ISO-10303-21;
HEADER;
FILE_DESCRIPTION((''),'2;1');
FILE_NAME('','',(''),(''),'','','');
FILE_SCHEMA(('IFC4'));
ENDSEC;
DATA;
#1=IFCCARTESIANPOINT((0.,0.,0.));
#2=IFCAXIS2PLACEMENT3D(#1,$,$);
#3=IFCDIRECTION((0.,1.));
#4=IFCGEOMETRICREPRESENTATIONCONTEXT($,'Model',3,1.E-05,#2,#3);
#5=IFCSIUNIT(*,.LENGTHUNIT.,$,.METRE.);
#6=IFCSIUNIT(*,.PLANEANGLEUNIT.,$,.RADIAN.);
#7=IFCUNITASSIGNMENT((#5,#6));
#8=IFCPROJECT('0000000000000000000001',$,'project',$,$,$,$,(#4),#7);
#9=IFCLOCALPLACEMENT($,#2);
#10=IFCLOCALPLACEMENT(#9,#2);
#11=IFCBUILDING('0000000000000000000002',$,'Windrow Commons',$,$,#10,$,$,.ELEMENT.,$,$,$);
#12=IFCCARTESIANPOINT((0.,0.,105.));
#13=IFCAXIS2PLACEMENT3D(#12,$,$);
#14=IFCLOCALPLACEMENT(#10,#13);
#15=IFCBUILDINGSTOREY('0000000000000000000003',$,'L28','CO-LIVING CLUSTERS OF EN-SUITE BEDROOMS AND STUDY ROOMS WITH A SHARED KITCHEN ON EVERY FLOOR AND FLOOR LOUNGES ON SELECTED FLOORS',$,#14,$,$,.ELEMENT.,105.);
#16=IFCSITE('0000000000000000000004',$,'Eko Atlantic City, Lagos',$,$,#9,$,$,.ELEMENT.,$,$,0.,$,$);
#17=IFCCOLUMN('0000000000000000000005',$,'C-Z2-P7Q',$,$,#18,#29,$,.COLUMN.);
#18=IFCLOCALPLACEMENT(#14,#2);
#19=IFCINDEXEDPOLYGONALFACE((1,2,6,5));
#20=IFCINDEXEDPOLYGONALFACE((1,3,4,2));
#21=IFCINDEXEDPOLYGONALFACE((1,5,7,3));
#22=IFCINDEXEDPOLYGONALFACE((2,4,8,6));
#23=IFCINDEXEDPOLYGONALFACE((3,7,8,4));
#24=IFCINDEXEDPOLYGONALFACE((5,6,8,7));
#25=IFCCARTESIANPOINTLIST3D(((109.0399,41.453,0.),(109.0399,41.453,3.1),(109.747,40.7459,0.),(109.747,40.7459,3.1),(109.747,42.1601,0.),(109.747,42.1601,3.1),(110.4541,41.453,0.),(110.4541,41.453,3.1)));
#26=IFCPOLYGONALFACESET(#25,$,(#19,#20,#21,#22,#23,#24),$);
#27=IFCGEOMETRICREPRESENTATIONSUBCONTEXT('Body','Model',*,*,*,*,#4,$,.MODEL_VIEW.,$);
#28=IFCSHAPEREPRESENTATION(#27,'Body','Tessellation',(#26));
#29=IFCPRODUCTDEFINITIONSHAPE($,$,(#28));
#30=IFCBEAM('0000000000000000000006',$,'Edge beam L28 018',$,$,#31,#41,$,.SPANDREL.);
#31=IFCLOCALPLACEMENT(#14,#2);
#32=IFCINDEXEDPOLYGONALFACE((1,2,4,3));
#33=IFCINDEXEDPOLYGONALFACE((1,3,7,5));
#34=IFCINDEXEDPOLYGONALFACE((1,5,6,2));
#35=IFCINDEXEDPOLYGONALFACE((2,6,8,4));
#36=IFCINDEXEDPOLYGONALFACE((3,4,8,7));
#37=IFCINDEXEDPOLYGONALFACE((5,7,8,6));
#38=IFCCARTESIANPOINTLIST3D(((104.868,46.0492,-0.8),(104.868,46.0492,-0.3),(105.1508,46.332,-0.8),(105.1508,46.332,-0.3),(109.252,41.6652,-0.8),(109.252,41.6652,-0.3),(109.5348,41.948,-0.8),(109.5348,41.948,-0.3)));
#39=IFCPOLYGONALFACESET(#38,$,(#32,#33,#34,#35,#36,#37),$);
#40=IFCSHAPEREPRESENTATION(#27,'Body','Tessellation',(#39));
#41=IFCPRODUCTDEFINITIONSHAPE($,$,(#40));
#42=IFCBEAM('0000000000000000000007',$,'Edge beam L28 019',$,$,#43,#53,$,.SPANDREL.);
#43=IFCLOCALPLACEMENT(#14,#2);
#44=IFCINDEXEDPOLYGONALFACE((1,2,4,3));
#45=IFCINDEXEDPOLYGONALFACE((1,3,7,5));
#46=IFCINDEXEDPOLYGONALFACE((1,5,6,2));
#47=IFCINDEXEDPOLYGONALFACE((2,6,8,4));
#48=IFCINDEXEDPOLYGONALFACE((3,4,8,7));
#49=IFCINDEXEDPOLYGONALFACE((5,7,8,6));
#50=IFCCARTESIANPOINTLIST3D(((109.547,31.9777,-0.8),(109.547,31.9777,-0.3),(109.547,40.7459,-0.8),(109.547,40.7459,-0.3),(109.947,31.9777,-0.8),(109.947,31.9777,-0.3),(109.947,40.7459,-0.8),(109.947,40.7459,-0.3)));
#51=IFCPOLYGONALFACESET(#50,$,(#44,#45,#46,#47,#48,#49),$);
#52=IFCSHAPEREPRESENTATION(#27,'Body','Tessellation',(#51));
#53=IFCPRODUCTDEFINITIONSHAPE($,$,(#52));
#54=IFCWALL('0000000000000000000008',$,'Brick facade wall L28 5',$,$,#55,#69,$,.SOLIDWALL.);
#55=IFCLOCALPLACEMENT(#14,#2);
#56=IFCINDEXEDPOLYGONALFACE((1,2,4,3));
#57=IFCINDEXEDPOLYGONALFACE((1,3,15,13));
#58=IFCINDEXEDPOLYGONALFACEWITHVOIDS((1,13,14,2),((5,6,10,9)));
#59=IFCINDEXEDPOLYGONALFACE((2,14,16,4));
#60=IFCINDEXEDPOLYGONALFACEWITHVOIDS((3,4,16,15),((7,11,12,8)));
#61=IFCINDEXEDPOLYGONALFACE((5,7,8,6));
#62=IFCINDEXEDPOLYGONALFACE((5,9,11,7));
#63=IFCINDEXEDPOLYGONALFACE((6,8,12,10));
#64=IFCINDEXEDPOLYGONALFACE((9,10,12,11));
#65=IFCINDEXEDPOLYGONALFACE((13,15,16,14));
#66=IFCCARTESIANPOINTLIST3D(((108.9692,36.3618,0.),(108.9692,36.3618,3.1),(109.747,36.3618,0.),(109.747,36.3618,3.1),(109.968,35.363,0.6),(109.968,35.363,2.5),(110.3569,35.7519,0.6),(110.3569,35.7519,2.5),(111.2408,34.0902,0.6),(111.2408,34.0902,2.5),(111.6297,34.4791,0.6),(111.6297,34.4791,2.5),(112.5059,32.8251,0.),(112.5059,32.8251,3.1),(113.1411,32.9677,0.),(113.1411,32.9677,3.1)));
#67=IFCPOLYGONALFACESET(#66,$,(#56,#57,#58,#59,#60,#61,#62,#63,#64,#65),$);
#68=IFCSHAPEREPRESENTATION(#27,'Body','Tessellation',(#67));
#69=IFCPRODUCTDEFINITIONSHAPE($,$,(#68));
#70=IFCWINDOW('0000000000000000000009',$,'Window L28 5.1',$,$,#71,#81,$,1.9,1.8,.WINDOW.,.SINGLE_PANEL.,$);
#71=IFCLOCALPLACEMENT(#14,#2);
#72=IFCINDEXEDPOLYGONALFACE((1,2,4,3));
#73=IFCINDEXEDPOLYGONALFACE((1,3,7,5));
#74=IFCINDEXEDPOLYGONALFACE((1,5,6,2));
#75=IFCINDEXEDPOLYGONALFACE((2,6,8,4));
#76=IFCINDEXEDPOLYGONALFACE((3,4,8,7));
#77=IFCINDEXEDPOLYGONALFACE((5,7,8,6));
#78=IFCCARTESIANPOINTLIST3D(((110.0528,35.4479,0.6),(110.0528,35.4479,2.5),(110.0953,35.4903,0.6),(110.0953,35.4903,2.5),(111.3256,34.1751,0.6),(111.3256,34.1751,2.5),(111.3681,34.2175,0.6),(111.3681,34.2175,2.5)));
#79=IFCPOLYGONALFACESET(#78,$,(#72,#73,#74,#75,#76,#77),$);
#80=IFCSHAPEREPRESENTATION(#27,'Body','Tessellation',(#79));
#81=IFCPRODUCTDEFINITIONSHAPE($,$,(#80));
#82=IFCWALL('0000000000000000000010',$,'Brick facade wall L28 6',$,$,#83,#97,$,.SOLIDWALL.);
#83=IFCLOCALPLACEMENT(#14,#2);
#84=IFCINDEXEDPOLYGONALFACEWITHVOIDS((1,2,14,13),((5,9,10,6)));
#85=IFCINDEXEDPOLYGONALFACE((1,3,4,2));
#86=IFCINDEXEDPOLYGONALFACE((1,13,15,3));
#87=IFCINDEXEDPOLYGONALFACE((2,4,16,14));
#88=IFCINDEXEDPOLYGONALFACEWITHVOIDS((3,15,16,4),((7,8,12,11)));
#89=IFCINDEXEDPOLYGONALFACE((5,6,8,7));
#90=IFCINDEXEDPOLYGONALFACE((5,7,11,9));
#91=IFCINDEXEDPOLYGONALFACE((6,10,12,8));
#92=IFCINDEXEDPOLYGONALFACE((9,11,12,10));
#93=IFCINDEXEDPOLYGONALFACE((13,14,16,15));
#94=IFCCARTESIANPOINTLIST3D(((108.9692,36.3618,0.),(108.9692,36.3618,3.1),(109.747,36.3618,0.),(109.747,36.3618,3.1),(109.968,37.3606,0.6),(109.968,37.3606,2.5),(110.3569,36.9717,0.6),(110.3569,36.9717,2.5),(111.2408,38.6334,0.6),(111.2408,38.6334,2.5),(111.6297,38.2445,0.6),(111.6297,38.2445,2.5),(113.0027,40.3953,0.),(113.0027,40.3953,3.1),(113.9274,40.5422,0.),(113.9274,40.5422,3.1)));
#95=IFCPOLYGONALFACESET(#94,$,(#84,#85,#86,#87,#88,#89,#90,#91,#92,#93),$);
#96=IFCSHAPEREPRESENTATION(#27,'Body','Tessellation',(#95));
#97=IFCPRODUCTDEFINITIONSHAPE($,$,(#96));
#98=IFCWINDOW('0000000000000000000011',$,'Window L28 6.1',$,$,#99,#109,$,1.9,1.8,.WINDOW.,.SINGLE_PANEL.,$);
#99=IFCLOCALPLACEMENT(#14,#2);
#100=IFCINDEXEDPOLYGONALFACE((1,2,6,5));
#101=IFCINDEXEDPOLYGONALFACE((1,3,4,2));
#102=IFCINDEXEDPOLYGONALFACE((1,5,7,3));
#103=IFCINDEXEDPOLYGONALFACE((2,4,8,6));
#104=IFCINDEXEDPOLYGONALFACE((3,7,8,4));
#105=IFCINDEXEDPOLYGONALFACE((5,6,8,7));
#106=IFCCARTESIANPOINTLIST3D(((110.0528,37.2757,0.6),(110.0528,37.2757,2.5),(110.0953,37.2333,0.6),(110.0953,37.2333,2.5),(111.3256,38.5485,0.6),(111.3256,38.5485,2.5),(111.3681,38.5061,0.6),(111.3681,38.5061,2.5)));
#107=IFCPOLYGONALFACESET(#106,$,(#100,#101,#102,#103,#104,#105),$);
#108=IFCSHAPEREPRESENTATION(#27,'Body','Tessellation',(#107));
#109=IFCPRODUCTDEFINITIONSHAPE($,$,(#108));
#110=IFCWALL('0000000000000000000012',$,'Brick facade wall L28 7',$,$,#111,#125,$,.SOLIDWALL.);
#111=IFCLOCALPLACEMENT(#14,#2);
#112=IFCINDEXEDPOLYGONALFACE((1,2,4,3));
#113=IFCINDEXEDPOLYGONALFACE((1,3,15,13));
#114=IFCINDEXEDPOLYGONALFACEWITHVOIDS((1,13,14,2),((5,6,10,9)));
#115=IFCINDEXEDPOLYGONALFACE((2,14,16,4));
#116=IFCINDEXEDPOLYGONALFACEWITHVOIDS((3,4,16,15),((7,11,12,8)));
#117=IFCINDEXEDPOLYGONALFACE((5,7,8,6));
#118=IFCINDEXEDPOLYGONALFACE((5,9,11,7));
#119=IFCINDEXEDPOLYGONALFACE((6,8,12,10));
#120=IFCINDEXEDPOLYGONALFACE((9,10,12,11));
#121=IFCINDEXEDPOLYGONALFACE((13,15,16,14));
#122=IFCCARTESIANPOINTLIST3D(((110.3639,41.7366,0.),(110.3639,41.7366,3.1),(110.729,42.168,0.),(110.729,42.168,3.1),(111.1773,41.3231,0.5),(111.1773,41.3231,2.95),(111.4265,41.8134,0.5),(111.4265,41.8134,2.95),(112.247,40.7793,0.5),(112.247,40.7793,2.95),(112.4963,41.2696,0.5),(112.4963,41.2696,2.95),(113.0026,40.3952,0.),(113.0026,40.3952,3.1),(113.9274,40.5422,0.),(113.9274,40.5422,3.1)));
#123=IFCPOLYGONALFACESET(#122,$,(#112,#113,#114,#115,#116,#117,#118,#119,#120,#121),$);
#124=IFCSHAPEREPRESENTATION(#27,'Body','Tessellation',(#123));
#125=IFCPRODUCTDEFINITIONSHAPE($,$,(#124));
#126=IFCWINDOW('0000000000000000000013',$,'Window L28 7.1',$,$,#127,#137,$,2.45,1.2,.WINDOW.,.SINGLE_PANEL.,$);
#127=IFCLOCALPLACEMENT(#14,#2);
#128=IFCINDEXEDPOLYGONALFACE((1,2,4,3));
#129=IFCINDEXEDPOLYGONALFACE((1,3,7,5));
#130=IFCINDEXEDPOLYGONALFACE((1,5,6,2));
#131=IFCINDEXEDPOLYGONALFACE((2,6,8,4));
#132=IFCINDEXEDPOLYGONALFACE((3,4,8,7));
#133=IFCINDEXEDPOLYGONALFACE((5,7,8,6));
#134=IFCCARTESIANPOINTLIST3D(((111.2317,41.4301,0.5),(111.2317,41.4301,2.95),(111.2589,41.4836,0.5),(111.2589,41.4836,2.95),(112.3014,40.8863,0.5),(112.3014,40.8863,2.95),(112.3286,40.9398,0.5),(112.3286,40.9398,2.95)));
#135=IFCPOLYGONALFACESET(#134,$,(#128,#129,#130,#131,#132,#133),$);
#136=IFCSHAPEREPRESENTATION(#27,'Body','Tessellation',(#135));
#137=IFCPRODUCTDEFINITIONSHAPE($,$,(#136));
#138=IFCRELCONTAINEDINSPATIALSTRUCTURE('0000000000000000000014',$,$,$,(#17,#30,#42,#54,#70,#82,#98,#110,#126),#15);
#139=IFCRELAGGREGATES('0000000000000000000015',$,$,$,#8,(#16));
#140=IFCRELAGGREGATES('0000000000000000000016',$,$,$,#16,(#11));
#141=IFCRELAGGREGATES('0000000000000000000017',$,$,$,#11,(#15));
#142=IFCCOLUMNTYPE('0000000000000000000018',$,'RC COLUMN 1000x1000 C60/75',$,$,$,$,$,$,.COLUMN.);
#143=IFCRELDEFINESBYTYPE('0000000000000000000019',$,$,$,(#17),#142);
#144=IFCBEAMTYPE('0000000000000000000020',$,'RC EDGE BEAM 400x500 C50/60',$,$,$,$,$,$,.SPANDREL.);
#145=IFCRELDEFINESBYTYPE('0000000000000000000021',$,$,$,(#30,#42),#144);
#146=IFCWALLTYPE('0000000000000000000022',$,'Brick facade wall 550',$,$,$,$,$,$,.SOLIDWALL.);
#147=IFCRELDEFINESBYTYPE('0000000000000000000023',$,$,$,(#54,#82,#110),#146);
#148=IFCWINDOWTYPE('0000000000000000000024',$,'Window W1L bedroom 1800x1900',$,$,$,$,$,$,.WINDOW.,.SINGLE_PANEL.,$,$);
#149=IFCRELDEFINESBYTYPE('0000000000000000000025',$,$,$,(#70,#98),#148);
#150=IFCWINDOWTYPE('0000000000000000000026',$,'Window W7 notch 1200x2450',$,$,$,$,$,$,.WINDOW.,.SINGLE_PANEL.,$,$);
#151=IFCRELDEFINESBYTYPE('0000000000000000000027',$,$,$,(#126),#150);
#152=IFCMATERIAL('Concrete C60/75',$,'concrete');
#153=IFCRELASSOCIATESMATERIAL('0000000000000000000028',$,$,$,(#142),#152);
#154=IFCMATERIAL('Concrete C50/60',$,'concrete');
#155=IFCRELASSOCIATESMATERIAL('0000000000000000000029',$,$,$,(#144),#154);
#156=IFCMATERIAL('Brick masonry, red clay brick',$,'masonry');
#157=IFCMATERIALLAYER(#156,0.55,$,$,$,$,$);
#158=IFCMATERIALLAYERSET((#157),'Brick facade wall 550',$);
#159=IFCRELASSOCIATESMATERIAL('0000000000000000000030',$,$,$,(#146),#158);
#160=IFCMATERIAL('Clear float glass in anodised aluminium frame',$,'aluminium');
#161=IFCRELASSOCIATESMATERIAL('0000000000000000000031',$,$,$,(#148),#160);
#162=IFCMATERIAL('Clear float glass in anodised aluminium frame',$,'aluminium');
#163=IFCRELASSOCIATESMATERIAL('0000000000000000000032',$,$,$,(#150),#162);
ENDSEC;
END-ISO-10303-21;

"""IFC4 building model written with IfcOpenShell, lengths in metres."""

from ifc_helpers import new_model, si_unit, direction, frame, frame_2d, origin, origin_2d, place, context, subcontext, project, spatial, polyline, rectangle, outline, extrude, material, layer, layer_set, material_profile, profile_set, type_object, element, fill, save


model = new_model("IFC4")

# Units and contexts
model_context = context("Model", 3, precision=1e-05, world=origin(), true_north=direction((0.0, 1.0)))
body_context = subcontext(model_context, "Body", "Model", "MODEL_VIEW")
ifc_project = project(units=[si_unit("LENGTHUNIT", "METRE"), si_unit("PLANEANGLEUNIT", "RADIAN")], contexts=[model_context])

# Site, building, storey
site_placement = place(None, origin())
site = spatial("IfcSite", under=ifc_project, at=site_placement, Name="Eko Atlantic City, Lagos", CompositionType="ELEMENT", RefElevation=0.0)
building_placement = place(site_placement, origin())
building = spatial("IfcBuilding", under=site, at=building_placement, Name="Windrow Commons", CompositionType="ELEMENT")
storey_placement = place(building_placement, frame((0.0, 0.0, 105.0)))
storey = spatial("IfcBuildingStorey", under=building, at=storey_placement, Name="L28", Description="CO-LIVING CLUSTERS OF EN-SUITE BEDROOMS AND STUDY ROOMS WITH A SHARED KITCHEN ON EVERY FLOOR AND FLOOR LOUNGES ON SELECTED FLOORS", CompositionType="ELEMENT", Elevation=105.0)

# Column
ifc_material_1 = material(Name="Concrete C60/75", Category="concrete")
ifc_material_profile_1 = material_profile(ifc_material_1, rectangle(XDim=1.0, YDim=1.0, at=origin_2d()))
ifc_profile_set_1 = profile_set([ifc_material_profile_1], Name="Concrete C60/75")
column_type = type_object("IfcColumnType", Name="RC COLUMN 1000x1000 C60/75", PredefinedType="COLUMN", material=ifc_profile_set_1)
column_placement = place(storey_placement, frame((109.747, 41.453, 0.0), z_axis=(0.0, 0.0, 1.0), x_axis=(0.707107, -0.707107, 0.0)))
element("IfcColumn", 1, at=column_placement, inside=storey, type_object=column_type, Name="C-Z2-P7Q", PredefinedType="COLUMN", context=body_context, shape_type="SweptSolid", body=[
    extrude(rectangle(XDim=1.0, YDim=1.0, at=origin_2d()), origin(), (0.0, 0.0, 1.0), 3.1),
])

# Beams
ifc_material_2 = material(Name="Concrete C50/60", Category="concrete")
ifc_material_profile_2 = material_profile(ifc_material_2, rectangle(XDim=0.4, YDim=0.5, at=origin_2d()))
ifc_profile_set_2 = profile_set([ifc_material_profile_2], Name="Concrete C50/60")
beam_type = type_object("IfcBeamType", Name="RC EDGE BEAM 400x500 C50/60", PredefinedType="SPANDREL", material=ifc_profile_set_2)
beam_1_placement = place(storey_placement, frame((105.0094, 46.1906, -0.55), z_axis=(0.707107, -0.707107, 0.0), x_axis=(0.707107, 0.707107, 0.0)))
element("IfcBeam", 2, at=beam_1_placement, inside=storey, type_object=beam_type, Name="Edge beam L28 018", PredefinedType="SPANDREL", context=body_context, shape_type="SweptSolid", body=[
    extrude(rectangle(XDim=0.4, YDim=0.5, at=origin_2d()), origin(), (0.0, 0.0, 1.0), 6.1999),
])
beam_2_placement = place(storey_placement, frame((109.747, 40.7459, -0.55), z_axis=(0.0, -1.0, 0.0), x_axis=(1.0, 0.0, 0.0)))
element("IfcBeam", 3, at=beam_2_placement, inside=storey, type_object=beam_type, Name="Edge beam L28 019", PredefinedType="SPANDREL", context=body_context, shape_type="SweptSolid", body=[
    extrude(rectangle(XDim=0.4, YDim=0.5, at=origin_2d()), origin(), (0.0, 0.0, 1.0), 8.7682),
])

# Walls, openings, windows
ifc_material_3 = material(Name="Brick masonry, red clay brick", Category="masonry")
ifc_layer_1 = layer(ifc_material_3, 0.55)
ifc_layer_set_1 = layer_set([ifc_layer_1], Name="Brick facade wall 550")
wall_type_1 = type_object("IfcWallType", Name="Brick facade wall 550", PredefinedType="SOLIDWALL", material=ifc_layer_set_1)
wall_1_placement = place(storey_placement, frame((112.8235, 32.8964, 0.0), z_axis=(0.0, 0.0, 1.0), x_axis=(-0.707107, 0.707107, 0.0)))
wall_1 = element("IfcWall", 4, at=wall_1_placement, inside=storey, type_object=wall_type_1, Name="Brick facade wall L28 5", PredefinedType="SOLIDWALL", context=body_context, shape_type="SweptSolid", body=[
    extrude(outline(polyline([(-0.1742, -0.275), (4.6258, -0.275), (5.1758, 0.275), (0.1742, 0.275), (-0.1742, -0.275)])), origin(), (0.0, 0.0, 1.0), 3.1),
])
opening_1_placement = place(wall_1_placement, frame((1.9633, 0.0, 0.6)))
opening_1 = element("IfcOpeningElement", 5, at=opening_1_placement, cuts=wall_1, PredefinedType="OPENING", context=body_context, shape_type="SweptSolid", body=[
    extrude(rectangle(XDim=1.8, YDim=1.9, at=frame_2d((0.9, 0.95))), frame((0.0, 0.285, 0.0), z_axis=(0.0, -1.0, 0.0), x_axis=(1.0, 0.0, 0.0)), (0.0, 0.0, 1.0), 0.57),
])
ifc_material_4 = material(Name="Clear float glass in anodised aluminium frame", Category="aluminium")
window_type_1 = type_object("IfcWindowType", Name="Window W1L bedroom 1800x1900", PartitioningType="SINGLE_PANEL", PredefinedType="WINDOW", material=ifc_material_4)
window_1_placement = place(opening_1_placement, origin())
window_1 = element("IfcWindow", 6, at=window_1_placement, inside=storey, type_object=window_type_1, Name="Window L28 5.1", OverallHeight=1.9, OverallWidth=1.8, PartitioningType="SINGLE_PANEL", PredefinedType="WINDOW", context=body_context, shape_type="SweptSolid", body=[
    extrude(rectangle(XDim=1.8, YDim=1.9, at=frame_2d((0.9, 0.95))), frame((0.0, 0.155, 0.0), z_axis=(0.0, -1.0, 0.0), x_axis=(1.0, 0.0, 0.0)), (0.0, 0.0, 1.0), 0.06),
])
fill(opening_1, window_1)
wall_2_placement = place(storey_placement, frame((109.3581, 36.3618, 0.0), z_axis=(0.0, 0.0, 1.0), x_axis=(0.707107, 0.707107, 0.0)))
wall_2 = element("IfcWall", 7, at=wall_2_placement, inside=storey, type_object=wall_type_1, Name="Brick facade wall L28 6", PredefinedType="SOLIDWALL", context=body_context, shape_type="SweptSolid", body=[
    extrude(outline(polyline([(0.275, -0.275), (6.187, -0.275), (5.4292, 0.275), (-0.275, 0.275), (0.275, -0.275)])), origin(), (0.0, 0.0, 1.0), 3.1),
])
opening_2_placement = place(wall_2_placement, frame((1.1375, 0.0, 0.6)))
opening_2 = element("IfcOpeningElement", 8, at=opening_2_placement, cuts=wall_2, PredefinedType="OPENING", context=body_context, shape_type="SweptSolid", body=[
    extrude(rectangle(XDim=1.8, YDim=1.9, at=frame_2d((0.9, 0.95))), frame((0.0, 0.285, 0.0), z_axis=(0.0, -1.0, 0.0), x_axis=(1.0, 0.0, 0.0)), (0.0, 0.0, 1.0), 0.57),
])
window_2_placement = place(opening_2_placement, origin())
window_2 = element("IfcWindow", 9, at=window_2_placement, inside=storey, type_object=window_type_1, Name="Window L28 6.1", OverallHeight=1.9, OverallWidth=1.8, PartitioningType="SINGLE_PANEL", PredefinedType="WINDOW", context=body_context, shape_type="SweptSolid", body=[
    extrude(rectangle(XDim=1.8, YDim=1.9, at=frame_2d((0.9, 0.95))), frame((0.0, 0.155, 0.0), z_axis=(0.0, -1.0, 0.0), x_axis=(1.0, 0.0, 0.0)), (0.0, 0.0, 1.0), 0.06),
])
fill(opening_2, window_2)
wall_3_placement = place(storey_placement, frame((113.465, 40.4687, 0.0), z_axis=(0.0, 0.0, 1.0), x_axis=(-0.891439, 0.453141, 0.0)))
wall_3 = element("IfcWall", 10, at=wall_3_placement, inside=storey, type_object=wall_type_1, Name="Brick facade wall L28 7", PredefinedType="SOLIDWALL", context=body_context, shape_type="SweptSolid", body=[
    extrude(outline(polyline([(-0.3789, -0.275), (3.209, -0.275), (3.339, 0.275), (0.3789, 0.275), (-0.3789, -0.275)])), origin(), (0.0, 0.0, 1.0), 3.1),
])
opening_3_placement = place(wall_3_placement, frame((1.2265, 0.0, 0.5)))
opening_3 = element("IfcOpeningElement", 11, at=opening_3_placement, cuts=wall_3, PredefinedType="OPENING", context=body_context, shape_type="SweptSolid", body=[
    extrude(rectangle(XDim=1.2, YDim=2.45, at=frame_2d((0.6, 1.225))), frame((0.0, 0.285, 0.0), z_axis=(0.0, -1.0, 0.0), x_axis=(1.0, 0.0, 0.0)), (0.0, 0.0, 1.0), 0.57),
])
ifc_material_5 = material(Name="Clear float glass in anodised aluminium frame", Category="aluminium")
window_type_2 = type_object("IfcWindowType", Name="Window W7 notch 1200x2450", PartitioningType="SINGLE_PANEL", PredefinedType="WINDOW", material=ifc_material_5)
window_3_placement = place(opening_3_placement, origin())
window_3 = element("IfcWindow", 12, at=window_3_placement, inside=storey, type_object=window_type_2, Name="Window L28 7.1", OverallHeight=2.45, OverallWidth=1.2, PartitioningType="SINGLE_PANEL", PredefinedType="WINDOW", context=body_context, shape_type="SweptSolid", body=[
    extrude(rectangle(XDim=1.2, YDim=2.45, at=frame_2d((0.6, 1.225))), frame((0.0, 0.155, 0.0), z_axis=(0.0, -1.0, 0.0), x_axis=(1.0, 0.0, 0.0)), (0.0, 0.0, 1.0), 0.06),
])
fill(opening_3, window_3)

save(model, "model.ifc")
